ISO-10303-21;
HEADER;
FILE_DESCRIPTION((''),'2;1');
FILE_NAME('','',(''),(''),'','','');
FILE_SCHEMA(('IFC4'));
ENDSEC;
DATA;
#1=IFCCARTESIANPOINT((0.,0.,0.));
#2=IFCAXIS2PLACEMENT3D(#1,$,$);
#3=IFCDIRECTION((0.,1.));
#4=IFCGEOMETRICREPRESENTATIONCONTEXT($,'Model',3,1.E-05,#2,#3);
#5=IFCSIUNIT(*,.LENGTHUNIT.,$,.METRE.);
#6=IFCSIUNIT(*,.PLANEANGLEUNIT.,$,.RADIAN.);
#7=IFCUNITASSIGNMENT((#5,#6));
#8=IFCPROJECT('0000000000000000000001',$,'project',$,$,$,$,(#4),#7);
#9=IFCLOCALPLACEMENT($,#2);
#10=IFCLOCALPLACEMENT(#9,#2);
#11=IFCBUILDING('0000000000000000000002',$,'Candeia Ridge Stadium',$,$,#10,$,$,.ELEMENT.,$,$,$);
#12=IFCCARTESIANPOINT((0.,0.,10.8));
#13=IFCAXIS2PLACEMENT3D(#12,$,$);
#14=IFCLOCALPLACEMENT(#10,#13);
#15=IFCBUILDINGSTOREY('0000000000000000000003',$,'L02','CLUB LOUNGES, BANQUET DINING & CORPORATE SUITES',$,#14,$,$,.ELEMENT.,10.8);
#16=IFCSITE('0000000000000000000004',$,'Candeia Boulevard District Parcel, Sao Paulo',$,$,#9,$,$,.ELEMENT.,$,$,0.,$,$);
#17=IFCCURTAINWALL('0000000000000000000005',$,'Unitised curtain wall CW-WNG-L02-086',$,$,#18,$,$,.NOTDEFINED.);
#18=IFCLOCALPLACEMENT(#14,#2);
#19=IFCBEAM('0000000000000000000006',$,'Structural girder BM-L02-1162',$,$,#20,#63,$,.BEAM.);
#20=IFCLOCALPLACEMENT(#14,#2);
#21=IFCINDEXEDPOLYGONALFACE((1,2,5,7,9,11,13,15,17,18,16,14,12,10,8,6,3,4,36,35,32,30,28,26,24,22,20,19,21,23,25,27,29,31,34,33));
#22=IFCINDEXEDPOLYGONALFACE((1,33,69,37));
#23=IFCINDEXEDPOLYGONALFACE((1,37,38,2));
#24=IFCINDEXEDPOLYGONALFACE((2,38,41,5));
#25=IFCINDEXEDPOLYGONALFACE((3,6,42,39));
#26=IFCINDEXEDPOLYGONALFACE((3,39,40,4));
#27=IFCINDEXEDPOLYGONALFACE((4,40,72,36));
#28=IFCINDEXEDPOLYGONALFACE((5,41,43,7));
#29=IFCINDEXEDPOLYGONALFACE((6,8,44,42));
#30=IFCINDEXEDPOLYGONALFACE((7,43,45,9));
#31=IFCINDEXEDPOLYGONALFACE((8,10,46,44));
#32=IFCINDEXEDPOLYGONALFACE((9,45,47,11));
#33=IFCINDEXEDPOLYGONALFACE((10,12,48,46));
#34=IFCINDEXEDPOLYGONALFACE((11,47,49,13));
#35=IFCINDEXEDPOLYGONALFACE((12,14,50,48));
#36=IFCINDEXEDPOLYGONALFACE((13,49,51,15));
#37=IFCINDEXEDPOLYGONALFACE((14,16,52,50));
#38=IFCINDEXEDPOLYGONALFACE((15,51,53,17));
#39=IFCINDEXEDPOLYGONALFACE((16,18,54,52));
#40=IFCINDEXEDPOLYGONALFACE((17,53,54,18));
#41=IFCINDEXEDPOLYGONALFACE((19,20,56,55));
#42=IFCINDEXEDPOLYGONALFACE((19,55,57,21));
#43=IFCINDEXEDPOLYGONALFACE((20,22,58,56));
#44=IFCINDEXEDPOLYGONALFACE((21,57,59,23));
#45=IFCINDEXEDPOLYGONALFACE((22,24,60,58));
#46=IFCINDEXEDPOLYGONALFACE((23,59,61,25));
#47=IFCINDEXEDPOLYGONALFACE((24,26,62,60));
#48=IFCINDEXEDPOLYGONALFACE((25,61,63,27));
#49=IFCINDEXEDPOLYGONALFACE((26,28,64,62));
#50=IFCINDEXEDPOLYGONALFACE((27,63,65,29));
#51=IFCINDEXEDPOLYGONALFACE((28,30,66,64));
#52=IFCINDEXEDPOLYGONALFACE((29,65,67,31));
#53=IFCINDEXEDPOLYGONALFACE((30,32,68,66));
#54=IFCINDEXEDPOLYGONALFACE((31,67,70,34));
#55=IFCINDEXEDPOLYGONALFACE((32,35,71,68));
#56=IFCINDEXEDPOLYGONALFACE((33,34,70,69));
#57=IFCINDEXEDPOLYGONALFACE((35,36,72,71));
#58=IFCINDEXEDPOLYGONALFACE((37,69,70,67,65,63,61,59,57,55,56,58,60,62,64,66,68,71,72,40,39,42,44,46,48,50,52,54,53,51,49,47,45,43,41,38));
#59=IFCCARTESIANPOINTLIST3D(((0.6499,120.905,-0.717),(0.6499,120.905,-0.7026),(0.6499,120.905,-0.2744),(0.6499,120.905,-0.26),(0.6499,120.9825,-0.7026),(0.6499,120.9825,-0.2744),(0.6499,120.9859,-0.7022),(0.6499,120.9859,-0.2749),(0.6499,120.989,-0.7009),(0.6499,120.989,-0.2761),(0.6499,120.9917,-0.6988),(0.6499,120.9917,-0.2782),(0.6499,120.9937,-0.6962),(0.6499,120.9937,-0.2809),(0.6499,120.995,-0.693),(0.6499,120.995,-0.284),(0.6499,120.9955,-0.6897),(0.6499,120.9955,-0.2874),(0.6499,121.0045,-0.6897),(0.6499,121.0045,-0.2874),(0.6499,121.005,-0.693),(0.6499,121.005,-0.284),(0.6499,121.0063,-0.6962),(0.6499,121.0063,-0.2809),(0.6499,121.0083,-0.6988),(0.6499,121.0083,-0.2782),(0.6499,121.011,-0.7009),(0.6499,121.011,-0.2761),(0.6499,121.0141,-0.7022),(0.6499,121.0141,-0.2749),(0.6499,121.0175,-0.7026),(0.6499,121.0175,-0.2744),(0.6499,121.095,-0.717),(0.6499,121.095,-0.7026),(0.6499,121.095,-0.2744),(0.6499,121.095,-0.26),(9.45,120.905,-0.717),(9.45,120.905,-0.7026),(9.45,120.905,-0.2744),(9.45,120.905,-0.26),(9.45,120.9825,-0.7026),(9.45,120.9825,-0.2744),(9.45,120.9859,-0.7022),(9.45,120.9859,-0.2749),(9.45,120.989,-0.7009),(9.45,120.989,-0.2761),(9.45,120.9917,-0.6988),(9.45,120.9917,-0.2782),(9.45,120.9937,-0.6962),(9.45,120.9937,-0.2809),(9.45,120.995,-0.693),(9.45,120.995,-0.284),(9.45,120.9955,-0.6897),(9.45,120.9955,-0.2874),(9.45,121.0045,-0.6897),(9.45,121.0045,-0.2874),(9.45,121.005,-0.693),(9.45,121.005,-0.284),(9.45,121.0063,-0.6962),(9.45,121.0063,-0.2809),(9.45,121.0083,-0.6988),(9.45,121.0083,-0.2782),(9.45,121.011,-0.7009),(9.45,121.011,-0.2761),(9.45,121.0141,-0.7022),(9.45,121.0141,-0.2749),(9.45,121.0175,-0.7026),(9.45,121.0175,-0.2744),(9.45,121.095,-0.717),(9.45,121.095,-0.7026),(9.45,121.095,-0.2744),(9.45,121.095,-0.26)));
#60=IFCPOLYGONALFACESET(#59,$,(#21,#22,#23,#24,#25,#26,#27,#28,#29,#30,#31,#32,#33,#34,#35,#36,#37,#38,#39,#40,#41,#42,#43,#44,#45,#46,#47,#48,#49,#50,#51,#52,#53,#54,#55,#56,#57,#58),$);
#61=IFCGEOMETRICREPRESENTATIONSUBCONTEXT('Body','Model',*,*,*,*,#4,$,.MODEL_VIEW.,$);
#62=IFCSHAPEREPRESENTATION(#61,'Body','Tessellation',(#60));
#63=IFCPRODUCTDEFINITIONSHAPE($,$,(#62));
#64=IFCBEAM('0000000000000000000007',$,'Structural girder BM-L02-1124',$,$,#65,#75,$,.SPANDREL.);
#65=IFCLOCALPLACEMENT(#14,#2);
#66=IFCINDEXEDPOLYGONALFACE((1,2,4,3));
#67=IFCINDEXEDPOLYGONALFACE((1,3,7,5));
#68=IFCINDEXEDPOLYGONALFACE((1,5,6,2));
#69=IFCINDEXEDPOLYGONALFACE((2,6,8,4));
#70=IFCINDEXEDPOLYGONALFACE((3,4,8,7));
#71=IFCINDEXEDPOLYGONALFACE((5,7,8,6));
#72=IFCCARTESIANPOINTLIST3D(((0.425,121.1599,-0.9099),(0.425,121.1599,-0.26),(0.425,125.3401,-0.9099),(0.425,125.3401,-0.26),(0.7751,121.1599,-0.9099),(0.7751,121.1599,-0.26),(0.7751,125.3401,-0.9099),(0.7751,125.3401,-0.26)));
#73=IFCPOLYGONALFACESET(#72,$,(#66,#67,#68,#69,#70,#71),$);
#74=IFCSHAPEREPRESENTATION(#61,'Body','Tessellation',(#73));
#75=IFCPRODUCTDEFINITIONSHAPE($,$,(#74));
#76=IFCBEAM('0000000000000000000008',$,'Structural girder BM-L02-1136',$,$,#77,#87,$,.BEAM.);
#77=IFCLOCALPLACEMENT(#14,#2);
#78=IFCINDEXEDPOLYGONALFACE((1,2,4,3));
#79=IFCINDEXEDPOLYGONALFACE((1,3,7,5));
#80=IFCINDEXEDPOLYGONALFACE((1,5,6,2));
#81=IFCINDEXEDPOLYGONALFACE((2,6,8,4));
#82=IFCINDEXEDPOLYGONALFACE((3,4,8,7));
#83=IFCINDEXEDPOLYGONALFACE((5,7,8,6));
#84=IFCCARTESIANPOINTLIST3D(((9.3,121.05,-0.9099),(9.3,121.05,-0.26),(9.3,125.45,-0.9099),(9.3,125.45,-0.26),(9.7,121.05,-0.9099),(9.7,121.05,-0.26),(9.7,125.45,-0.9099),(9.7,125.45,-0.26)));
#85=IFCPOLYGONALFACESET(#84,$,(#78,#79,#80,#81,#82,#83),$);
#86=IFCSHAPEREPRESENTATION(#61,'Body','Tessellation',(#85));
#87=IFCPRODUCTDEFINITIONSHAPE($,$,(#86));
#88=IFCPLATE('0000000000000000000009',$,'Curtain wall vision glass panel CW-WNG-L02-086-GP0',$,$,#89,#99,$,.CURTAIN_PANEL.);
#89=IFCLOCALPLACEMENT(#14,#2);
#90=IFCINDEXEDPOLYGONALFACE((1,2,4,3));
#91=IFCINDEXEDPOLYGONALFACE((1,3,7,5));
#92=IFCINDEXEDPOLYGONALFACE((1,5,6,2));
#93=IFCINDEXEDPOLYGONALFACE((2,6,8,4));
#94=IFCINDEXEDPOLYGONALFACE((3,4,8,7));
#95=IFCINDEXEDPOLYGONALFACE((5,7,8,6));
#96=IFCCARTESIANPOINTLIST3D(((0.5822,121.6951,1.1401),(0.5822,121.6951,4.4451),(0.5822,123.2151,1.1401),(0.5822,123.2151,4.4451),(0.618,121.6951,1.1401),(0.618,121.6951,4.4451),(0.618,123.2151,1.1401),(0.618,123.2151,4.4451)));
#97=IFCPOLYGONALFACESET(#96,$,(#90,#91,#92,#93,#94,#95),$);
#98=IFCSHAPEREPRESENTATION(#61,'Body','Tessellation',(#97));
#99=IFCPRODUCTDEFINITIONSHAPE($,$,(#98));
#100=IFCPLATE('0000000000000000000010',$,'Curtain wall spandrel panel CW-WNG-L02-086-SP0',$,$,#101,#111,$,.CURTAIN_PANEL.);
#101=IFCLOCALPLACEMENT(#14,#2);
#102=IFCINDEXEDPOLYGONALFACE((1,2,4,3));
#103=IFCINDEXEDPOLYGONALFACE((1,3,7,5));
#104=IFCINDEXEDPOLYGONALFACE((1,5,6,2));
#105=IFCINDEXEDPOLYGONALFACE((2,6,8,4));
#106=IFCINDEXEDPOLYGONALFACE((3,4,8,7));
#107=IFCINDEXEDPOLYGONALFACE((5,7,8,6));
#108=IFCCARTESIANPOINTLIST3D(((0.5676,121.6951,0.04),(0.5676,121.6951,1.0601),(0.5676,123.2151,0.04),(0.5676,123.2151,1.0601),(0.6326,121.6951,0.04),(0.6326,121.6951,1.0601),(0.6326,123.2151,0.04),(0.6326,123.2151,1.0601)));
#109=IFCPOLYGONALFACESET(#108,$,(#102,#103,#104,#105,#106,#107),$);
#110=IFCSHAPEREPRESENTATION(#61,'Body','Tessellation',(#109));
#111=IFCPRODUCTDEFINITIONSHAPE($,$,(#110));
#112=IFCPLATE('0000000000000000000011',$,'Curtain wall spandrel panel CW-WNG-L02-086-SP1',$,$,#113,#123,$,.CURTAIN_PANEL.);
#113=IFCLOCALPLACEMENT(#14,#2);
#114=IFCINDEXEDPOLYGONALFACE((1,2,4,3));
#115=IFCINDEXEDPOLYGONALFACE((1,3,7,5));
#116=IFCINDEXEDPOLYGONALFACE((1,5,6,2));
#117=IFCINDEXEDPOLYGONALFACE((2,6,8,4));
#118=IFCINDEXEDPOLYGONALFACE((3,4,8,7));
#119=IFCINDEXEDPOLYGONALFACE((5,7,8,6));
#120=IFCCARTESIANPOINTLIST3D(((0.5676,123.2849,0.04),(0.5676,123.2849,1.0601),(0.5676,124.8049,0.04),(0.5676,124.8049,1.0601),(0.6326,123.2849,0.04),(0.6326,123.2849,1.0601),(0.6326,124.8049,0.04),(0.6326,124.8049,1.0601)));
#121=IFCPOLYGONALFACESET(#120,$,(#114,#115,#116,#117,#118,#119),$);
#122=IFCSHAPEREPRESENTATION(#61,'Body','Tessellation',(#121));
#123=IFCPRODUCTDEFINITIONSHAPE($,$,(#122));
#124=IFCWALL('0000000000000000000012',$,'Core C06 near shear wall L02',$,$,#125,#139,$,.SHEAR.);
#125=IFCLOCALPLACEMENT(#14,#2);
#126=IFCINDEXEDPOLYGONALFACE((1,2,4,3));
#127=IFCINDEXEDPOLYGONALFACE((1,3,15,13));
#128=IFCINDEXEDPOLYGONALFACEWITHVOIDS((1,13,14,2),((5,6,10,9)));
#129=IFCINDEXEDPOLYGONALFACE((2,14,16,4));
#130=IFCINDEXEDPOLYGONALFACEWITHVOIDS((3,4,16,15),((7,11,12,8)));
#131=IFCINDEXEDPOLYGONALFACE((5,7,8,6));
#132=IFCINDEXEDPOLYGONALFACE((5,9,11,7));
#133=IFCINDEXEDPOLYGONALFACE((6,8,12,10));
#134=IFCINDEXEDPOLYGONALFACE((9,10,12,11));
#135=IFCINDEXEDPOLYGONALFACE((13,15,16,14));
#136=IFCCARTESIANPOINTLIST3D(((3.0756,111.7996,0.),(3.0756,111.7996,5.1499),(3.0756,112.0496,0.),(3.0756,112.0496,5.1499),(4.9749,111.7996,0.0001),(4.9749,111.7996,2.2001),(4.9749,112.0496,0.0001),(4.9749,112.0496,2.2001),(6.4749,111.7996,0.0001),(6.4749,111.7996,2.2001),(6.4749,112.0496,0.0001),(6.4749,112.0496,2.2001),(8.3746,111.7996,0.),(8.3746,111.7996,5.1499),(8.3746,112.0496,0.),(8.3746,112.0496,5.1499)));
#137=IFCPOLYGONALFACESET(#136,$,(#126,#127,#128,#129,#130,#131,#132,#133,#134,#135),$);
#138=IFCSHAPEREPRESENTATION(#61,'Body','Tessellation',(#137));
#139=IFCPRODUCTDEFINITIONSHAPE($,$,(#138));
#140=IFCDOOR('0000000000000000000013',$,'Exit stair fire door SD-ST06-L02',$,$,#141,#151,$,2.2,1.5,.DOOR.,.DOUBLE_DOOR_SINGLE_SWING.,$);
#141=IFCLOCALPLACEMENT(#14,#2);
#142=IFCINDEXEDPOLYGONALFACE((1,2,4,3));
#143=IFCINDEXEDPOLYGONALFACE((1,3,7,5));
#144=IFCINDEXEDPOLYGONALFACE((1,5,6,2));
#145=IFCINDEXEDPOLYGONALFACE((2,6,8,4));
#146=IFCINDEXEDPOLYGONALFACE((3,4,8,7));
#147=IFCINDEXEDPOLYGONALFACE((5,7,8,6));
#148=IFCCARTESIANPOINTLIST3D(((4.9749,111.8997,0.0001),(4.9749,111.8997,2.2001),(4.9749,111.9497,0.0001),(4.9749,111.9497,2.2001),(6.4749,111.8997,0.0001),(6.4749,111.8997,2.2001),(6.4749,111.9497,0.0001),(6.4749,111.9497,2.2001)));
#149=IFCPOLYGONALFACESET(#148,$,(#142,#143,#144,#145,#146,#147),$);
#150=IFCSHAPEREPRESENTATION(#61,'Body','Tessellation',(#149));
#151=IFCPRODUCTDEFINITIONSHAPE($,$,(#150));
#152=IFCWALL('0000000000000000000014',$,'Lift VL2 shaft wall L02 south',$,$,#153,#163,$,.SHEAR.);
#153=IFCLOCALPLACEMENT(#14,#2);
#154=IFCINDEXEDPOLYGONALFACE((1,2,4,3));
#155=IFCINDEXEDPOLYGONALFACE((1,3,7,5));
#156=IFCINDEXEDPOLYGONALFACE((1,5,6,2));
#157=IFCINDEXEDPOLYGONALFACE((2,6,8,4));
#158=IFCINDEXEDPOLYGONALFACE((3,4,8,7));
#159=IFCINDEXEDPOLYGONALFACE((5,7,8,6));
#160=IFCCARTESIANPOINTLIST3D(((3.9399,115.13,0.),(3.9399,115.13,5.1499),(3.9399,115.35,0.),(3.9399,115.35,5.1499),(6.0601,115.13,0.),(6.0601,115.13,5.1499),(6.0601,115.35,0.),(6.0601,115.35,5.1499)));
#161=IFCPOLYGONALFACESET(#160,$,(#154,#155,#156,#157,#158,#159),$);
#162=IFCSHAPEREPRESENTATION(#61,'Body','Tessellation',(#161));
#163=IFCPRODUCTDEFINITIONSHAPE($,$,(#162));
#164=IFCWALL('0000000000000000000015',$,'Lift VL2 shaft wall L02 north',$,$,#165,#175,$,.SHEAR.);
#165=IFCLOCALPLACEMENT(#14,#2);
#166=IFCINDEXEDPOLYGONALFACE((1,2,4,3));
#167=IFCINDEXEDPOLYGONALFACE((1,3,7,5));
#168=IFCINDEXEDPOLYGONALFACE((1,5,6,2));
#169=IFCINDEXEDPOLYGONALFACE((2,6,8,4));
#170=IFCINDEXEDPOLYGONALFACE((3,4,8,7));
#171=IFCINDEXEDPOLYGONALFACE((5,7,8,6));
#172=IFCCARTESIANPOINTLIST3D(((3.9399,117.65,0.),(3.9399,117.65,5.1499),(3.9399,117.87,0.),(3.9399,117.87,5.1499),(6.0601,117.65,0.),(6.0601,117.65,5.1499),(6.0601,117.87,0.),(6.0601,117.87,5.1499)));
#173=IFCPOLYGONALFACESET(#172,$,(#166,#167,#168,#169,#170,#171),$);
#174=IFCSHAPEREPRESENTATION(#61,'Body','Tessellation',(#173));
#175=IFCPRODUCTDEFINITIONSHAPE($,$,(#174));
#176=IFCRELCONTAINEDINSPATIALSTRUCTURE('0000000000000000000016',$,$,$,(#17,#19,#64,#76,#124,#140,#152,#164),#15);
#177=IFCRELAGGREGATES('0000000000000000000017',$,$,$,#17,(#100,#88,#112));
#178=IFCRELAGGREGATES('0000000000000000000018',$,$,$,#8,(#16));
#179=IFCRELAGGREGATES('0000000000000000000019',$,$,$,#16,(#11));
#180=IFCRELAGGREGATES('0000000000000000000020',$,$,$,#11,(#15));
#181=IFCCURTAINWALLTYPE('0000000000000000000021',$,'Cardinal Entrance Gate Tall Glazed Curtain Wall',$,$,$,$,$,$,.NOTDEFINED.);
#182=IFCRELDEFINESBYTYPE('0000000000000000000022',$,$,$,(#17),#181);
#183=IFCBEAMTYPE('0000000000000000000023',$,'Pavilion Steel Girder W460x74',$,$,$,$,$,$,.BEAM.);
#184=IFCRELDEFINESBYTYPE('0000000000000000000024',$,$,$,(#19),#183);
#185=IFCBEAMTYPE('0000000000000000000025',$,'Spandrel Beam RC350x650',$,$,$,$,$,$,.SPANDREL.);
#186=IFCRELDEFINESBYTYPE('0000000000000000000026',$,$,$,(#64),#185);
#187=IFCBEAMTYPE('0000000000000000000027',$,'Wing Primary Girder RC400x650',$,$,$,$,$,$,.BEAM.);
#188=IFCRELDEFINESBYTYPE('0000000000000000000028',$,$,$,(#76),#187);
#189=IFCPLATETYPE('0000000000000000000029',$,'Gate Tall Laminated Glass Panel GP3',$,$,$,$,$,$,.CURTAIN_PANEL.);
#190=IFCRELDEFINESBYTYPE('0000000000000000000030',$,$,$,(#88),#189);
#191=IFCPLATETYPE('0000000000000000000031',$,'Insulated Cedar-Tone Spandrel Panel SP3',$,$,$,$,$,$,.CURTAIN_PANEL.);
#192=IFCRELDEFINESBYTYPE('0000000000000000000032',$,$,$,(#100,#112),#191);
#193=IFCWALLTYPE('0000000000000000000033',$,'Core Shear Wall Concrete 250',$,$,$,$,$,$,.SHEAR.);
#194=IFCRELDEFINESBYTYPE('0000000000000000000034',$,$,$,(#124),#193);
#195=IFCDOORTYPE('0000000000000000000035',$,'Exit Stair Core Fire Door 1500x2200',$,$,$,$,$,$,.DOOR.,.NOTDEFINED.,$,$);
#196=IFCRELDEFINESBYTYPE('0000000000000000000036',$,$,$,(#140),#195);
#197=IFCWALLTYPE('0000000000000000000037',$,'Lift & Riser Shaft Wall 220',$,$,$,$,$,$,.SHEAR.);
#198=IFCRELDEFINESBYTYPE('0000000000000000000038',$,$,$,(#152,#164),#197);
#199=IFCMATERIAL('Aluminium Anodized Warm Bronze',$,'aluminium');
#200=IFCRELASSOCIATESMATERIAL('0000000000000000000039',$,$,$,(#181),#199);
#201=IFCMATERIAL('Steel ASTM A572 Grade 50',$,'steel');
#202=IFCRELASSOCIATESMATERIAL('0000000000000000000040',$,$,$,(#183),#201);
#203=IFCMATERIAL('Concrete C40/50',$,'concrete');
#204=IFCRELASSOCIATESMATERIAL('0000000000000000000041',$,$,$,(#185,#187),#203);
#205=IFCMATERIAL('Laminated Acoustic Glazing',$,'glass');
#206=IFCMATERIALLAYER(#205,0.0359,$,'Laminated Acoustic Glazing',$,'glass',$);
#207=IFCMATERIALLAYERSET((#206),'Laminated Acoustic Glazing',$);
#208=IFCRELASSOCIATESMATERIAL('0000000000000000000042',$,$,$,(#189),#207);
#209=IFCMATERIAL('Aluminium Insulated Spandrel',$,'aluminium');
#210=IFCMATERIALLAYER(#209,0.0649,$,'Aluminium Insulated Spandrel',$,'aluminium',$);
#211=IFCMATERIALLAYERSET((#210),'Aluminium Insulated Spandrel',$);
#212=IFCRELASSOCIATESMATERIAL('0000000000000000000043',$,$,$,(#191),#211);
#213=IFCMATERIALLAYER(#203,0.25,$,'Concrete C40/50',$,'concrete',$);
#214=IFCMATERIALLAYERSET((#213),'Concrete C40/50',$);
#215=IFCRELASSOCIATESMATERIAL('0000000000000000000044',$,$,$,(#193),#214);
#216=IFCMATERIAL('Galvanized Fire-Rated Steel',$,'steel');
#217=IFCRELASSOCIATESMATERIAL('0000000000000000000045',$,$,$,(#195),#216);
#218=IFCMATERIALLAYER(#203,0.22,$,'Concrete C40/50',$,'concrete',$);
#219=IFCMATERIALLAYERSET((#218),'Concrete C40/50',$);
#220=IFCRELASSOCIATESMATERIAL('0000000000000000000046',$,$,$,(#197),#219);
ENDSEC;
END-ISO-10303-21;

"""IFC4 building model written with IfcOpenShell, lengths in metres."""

from ifc_helpers import new_model, si_unit, direction, frame, frame_2d, origin, origin_2d, place, context, subcontext, project, spatial, rectangle, i_section, extrude, material, layer, layer_set, material_profile, profile_set, type_object, element, fill, aggregate, save


model = new_model("IFC4")

# Units and contexts
model_context = context("Model", 3, precision=1e-05, world=origin(), true_north=direction((0.0, 1.0)))
body_context = subcontext(model_context, "Body", "Model", "MODEL_VIEW")
ifc_project = project(units=[si_unit("LENGTHUNIT", "METRE"), si_unit("PLANEANGLEUNIT", "RADIAN")], contexts=[model_context])

# Site, building, storey
site_placement = place(None, origin())
site = spatial("IfcSite", under=ifc_project, at=site_placement, Name="Candeia Boulevard District Parcel, Sao Paulo", CompositionType="ELEMENT", RefElevation=0.0)
building_placement = place(site_placement, origin())
building = spatial("IfcBuilding", under=site, at=building_placement, Name="Candeia Ridge Stadium", CompositionType="ELEMENT")
storey_placement = place(building_placement, frame((0.0, 0.0, 10.8)))
storey = spatial("IfcBuildingStorey", under=building, at=storey_placement, Name="L02", Description="CLUB LOUNGES, BANQUET DINING & CORPORATE SUITES", CompositionType="ELEMENT", Elevation=10.8)

# Shared definitions
ifc_material_1 = material(Name="Concrete C40/50", Category="concrete")

# Curtain wall
ifc_material_2 = material(Name="Aluminium Anodized Warm Bronze", Category="aluminium")
curtain_wall_type = type_object("IfcCurtainWallType", Name="Cardinal Entrance Gate Tall Glazed Curtain Wall", PredefinedType="NOTDEFINED", material=ifc_material_2)
curtain_wall_placement = place(storey_placement, origin())
curtain_wall = element("IfcCurtainWall", 1, at=curtain_wall_placement, inside=storey, type_object=curtain_wall_type, Name="Unitised curtain wall CW-WNG-L02-086", PredefinedType="NOTDEFINED")

# Beams
ifc_material_3 = material(Name="Steel ASTM A572 Grade 50", Category="steel")
ifc_material_profile_1 = material_profile(ifc_material_3, i_section(OverallWidth=0.1899, OverallDepth=0.457, WebThickness=0.009, FlangeThickness=0.0144, FilletRadius=0.0129, at=origin_2d()), Name="W460x74", Category="steel")
ifc_profile_set_1 = profile_set([ifc_material_profile_1], Name="Steel ASTM A572 Grade 50")
beam_type_1 = type_object("IfcBeamType", Name="Pavilion Steel Girder W460x74", PredefinedType="BEAM", material=ifc_profile_set_1)
beam_1_placement = place(storey_placement, frame((0.6499, 121.0, -0.4885), z_axis=(1.0, 0.0, 0.0), x_axis=(0.0, 1.0, 0.0)))
element("IfcBeam", 2, at=beam_1_placement, inside=storey, type_object=beam_type_1, Name="Structural girder BM-L02-1162", PredefinedType="BEAM", context=body_context, shape_type="SweptSolid", body=[
    extrude(i_section(OverallWidth=0.1899, OverallDepth=0.457, WebThickness=0.009, FlangeThickness=0.0144, FilletRadius=0.0129, at=origin_2d()), origin(), (0.0, 0.0, 1.0), 8.8),
])
ifc_material_profile_2 = material_profile(ifc_material_1, rectangle(XDim=0.3501, YDim=0.6499, at=origin_2d()), Name="RC350x650", Category="concrete")
ifc_profile_set_2 = profile_set([ifc_material_profile_2], Name="Concrete C40/50")
beam_type_2 = type_object("IfcBeamType", Name="Spandrel Beam RC350x650", PredefinedType="SPANDREL", material=ifc_profile_set_2)
beam_2_placement = place(storey_placement, frame((0.6001, 121.1599, -0.585), z_axis=(0.0, 1.0, 0.0), x_axis=(-1.0, 0.0, 0.0)))
element("IfcBeam", 3, at=beam_2_placement, inside=storey, type_object=beam_type_2, Name="Structural girder BM-L02-1124", PredefinedType="SPANDREL", context=body_context, shape_type="SweptSolid", body=[
    extrude(rectangle(XDim=0.3501, YDim=0.6499, at=origin_2d()), origin(), (0.0, 0.0, 1.0), 4.1802),
])
ifc_material_profile_3 = material_profile(ifc_material_1, rectangle(XDim=0.3999, YDim=0.6499, at=origin_2d()), Name="RC400x650", Category="concrete")
ifc_profile_set_3 = profile_set([ifc_material_profile_3], Name="Concrete C40/50")
beam_type_3 = type_object("IfcBeamType", Name="Wing Primary Girder RC400x650", PredefinedType="BEAM", material=ifc_profile_set_3)
beam_3_placement = place(storey_placement, frame((9.5, 121.05, -0.585), z_axis=(0.0, 1.0, 0.0), x_axis=(-1.0, 0.0, 0.0)))
element("IfcBeam", 4, at=beam_3_placement, inside=storey, type_object=beam_type_3, Name="Structural girder BM-L02-1136", PredefinedType="BEAM", context=body_context, shape_type="SweptSolid", body=[
    extrude(rectangle(XDim=0.3999, YDim=0.6499, at=origin_2d()), origin(), (0.0, 0.0, 1.0), 4.3999),
])

# Plates
ifc_material_4 = material(Name="Laminated Acoustic Glazing", Category="glass")
ifc_layer_1 = layer(ifc_material_4, 0.0359, Name="Laminated Acoustic Glazing", Category="glass")
ifc_layer_set_1 = layer_set([ifc_layer_1], Name="Laminated Acoustic Glazing")
plate_type_1 = type_object("IfcPlateType", Name="Gate Tall Laminated Glass Panel GP3", PredefinedType="CURTAIN_PANEL", material=ifc_layer_set_1)
plate_1_placement = place(storey_placement, frame((0.6001, 122.4551, 1.1401), z_axis=(0.0, 0.0, 1.0), x_axis=(0.0, 1.0, 0.0)))
plate_1 = element("IfcPlate", 5, at=plate_1_placement, type_object=plate_type_1, Name="Curtain wall vision glass panel CW-WNG-L02-086-GP0", PredefinedType="CURTAIN_PANEL", context=body_context, shape_type="SweptSolid", body=[
    extrude(rectangle(XDim=1.52, YDim=0.0359, at=origin_2d()), origin(), (0.0, 0.0, 1.0), 3.3049),
])
ifc_material_5 = material(Name="Aluminium Insulated Spandrel", Category="aluminium")
ifc_layer_2 = layer(ifc_material_5, 0.0649, Name="Aluminium Insulated Spandrel", Category="aluminium")
ifc_layer_set_2 = layer_set([ifc_layer_2], Name="Aluminium Insulated Spandrel")
plate_type_2 = type_object("IfcPlateType", Name="Insulated Cedar-Tone Spandrel Panel SP3", PredefinedType="CURTAIN_PANEL", material=ifc_layer_set_2)
plate_2_placement = place(storey_placement, frame((0.6001, 122.4551, 0.04), z_axis=(0.0, 0.0, 1.0), x_axis=(0.0, 1.0, 0.0)))
plate_2 = element("IfcPlate", 6, at=plate_2_placement, type_object=plate_type_2, Name="Curtain wall spandrel panel CW-WNG-L02-086-SP0", PredefinedType="CURTAIN_PANEL", context=body_context, shape_type="SweptSolid", body=[
    extrude(rectangle(XDim=1.52, YDim=0.0649, at=origin_2d()), origin(), (0.0, 0.0, 1.0), 1.02),
])
plate_3_placement = place(storey_placement, frame((0.6001, 124.0449, 0.04), z_axis=(0.0, 0.0, 1.0), x_axis=(0.0, 1.0, 0.0)))
plate_3 = element("IfcPlate", 7, at=plate_3_placement, type_object=plate_type_2, Name="Curtain wall spandrel panel CW-WNG-L02-086-SP1", PredefinedType="CURTAIN_PANEL", context=body_context, shape_type="SweptSolid", body=[
    extrude(rectangle(XDim=1.52, YDim=0.0649, at=origin_2d()), origin(), (0.0, 0.0, 1.0), 1.02),
])
aggregate(curtain_wall, [plate_2, plate_1, plate_3])

# Wall, opening, door
ifc_layer_3 = layer(ifc_material_1, 0.25, Name="Concrete C40/50", Category="concrete")
ifc_layer_set_3 = layer_set([ifc_layer_3], Name="Concrete C40/50")
wall_type_1 = type_object("IfcWallType", Name="Core Shear Wall Concrete 250", PredefinedType="SHEAR", material=ifc_layer_set_3)
wall_1_placement = place(storey_placement, frame((8.3745, 111.9246, 0.0), z_axis=(0.0, 0.0, 1.0), x_axis=(-1.0, 0.0, 0.0)))
wall_1 = element("IfcWall", 8, at=wall_1_placement, inside=storey, type_object=wall_type_1, Name="Core C06 near shear wall L02", PredefinedType="SHEAR", context=body_context, shape_type="SweptSolid", body=[
    extrude(rectangle(XDim=5.2991, YDim=0.25, at=frame_2d((2.6494, 0.0))), origin(), (0.0, 0.0, 1.0), 5.1499),
])
opening_1_placement = place(wall_1_placement, frame((1.8997, 0.0, 0.0)))
opening_1 = element("IfcOpeningElement", 9, at=opening_1_placement, cuts=wall_1, PredefinedType="OPENING", context=body_context, shape_type="SweptSolid", body=[
    extrude(rectangle(XDim=1.5, YDim=2.2, at=frame_2d((0.75, 1.1001))), frame((0.0, 0.135, 0.0), z_axis=(0.0, -1.0, 0.0), x_axis=(1.0, 0.0, 0.0)), (0.0, 0.0, 1.0), 0.27),
])
ifc_material_6 = material(Name="Galvanized Fire-Rated Steel", Category="steel")
door_type_1 = type_object("IfcDoorType", Name="Exit Stair Core Fire Door 1500x2200", OperationType="NOTDEFINED", PredefinedType="DOOR", material=ifc_material_6)
door_1_placement = place(opening_1_placement, origin())
door_1 = element("IfcDoor", 10, at=door_1_placement, inside=storey, type_object=door_type_1, Name="Exit stair fire door SD-ST06-L02", OperationType="DOUBLE_DOOR_SINGLE_SWING", OverallHeight=2.2, OverallWidth=1.5, PredefinedType="DOOR", context=body_context, shape_type="SweptSolid", body=[
    extrude(rectangle(XDim=1.5, YDim=2.2, at=frame_2d((0.75, 1.1001))), frame((0.0, 0.0249, 0.0), z_axis=(0.0, -1.0, 0.0), x_axis=(1.0, 0.0, 0.0)), (0.0, 0.0, 1.0), 0.05),
])
fill(opening_1, door_1)

# Wall
ifc_layer_4 = layer(ifc_material_1, 0.22, Name="Concrete C40/50", Category="concrete")
ifc_layer_set_4 = layer_set([ifc_layer_4], Name="Concrete C40/50")
wall_type_2 = type_object("IfcWallType", Name="Lift & Riser Shaft Wall 220", PredefinedType="SHEAR", material=ifc_layer_set_4)
wall_2_placement = place(storey_placement, frame((3.9399, 115.24, 0.0), z_axis=(0.0, 0.0, 1.0), x_axis=(1.0, 0.0, 0.0)))
element("IfcWall", 11, at=wall_2_placement, inside=storey, type_object=wall_type_2, Name="Lift VL2 shaft wall L02 south", PredefinedType="SHEAR", context=body_context, shape_type="SweptSolid", body=[
    extrude(rectangle(XDim=2.1201, YDim=0.22, at=frame_2d((1.0601, 0.0))), origin(), (0.0, 0.0, 1.0), 5.1499),
])

# Wall
wall_3_placement = place(storey_placement, frame((6.0601, 117.76, 0.0), z_axis=(0.0, 0.0, 1.0), x_axis=(-1.0, 0.0, 0.0)))
element("IfcWall", 12, at=wall_3_placement, inside=storey, type_object=wall_type_2, Name="Lift VL2 shaft wall L02 north", PredefinedType="SHEAR", context=body_context, shape_type="SweptSolid", body=[
    extrude(rectangle(XDim=2.1201, YDim=0.22, at=frame_2d((1.0601, 0.0))), origin(), (0.0, 0.0, 1.0), 5.1499),
])

save(model, "model.ifc")
